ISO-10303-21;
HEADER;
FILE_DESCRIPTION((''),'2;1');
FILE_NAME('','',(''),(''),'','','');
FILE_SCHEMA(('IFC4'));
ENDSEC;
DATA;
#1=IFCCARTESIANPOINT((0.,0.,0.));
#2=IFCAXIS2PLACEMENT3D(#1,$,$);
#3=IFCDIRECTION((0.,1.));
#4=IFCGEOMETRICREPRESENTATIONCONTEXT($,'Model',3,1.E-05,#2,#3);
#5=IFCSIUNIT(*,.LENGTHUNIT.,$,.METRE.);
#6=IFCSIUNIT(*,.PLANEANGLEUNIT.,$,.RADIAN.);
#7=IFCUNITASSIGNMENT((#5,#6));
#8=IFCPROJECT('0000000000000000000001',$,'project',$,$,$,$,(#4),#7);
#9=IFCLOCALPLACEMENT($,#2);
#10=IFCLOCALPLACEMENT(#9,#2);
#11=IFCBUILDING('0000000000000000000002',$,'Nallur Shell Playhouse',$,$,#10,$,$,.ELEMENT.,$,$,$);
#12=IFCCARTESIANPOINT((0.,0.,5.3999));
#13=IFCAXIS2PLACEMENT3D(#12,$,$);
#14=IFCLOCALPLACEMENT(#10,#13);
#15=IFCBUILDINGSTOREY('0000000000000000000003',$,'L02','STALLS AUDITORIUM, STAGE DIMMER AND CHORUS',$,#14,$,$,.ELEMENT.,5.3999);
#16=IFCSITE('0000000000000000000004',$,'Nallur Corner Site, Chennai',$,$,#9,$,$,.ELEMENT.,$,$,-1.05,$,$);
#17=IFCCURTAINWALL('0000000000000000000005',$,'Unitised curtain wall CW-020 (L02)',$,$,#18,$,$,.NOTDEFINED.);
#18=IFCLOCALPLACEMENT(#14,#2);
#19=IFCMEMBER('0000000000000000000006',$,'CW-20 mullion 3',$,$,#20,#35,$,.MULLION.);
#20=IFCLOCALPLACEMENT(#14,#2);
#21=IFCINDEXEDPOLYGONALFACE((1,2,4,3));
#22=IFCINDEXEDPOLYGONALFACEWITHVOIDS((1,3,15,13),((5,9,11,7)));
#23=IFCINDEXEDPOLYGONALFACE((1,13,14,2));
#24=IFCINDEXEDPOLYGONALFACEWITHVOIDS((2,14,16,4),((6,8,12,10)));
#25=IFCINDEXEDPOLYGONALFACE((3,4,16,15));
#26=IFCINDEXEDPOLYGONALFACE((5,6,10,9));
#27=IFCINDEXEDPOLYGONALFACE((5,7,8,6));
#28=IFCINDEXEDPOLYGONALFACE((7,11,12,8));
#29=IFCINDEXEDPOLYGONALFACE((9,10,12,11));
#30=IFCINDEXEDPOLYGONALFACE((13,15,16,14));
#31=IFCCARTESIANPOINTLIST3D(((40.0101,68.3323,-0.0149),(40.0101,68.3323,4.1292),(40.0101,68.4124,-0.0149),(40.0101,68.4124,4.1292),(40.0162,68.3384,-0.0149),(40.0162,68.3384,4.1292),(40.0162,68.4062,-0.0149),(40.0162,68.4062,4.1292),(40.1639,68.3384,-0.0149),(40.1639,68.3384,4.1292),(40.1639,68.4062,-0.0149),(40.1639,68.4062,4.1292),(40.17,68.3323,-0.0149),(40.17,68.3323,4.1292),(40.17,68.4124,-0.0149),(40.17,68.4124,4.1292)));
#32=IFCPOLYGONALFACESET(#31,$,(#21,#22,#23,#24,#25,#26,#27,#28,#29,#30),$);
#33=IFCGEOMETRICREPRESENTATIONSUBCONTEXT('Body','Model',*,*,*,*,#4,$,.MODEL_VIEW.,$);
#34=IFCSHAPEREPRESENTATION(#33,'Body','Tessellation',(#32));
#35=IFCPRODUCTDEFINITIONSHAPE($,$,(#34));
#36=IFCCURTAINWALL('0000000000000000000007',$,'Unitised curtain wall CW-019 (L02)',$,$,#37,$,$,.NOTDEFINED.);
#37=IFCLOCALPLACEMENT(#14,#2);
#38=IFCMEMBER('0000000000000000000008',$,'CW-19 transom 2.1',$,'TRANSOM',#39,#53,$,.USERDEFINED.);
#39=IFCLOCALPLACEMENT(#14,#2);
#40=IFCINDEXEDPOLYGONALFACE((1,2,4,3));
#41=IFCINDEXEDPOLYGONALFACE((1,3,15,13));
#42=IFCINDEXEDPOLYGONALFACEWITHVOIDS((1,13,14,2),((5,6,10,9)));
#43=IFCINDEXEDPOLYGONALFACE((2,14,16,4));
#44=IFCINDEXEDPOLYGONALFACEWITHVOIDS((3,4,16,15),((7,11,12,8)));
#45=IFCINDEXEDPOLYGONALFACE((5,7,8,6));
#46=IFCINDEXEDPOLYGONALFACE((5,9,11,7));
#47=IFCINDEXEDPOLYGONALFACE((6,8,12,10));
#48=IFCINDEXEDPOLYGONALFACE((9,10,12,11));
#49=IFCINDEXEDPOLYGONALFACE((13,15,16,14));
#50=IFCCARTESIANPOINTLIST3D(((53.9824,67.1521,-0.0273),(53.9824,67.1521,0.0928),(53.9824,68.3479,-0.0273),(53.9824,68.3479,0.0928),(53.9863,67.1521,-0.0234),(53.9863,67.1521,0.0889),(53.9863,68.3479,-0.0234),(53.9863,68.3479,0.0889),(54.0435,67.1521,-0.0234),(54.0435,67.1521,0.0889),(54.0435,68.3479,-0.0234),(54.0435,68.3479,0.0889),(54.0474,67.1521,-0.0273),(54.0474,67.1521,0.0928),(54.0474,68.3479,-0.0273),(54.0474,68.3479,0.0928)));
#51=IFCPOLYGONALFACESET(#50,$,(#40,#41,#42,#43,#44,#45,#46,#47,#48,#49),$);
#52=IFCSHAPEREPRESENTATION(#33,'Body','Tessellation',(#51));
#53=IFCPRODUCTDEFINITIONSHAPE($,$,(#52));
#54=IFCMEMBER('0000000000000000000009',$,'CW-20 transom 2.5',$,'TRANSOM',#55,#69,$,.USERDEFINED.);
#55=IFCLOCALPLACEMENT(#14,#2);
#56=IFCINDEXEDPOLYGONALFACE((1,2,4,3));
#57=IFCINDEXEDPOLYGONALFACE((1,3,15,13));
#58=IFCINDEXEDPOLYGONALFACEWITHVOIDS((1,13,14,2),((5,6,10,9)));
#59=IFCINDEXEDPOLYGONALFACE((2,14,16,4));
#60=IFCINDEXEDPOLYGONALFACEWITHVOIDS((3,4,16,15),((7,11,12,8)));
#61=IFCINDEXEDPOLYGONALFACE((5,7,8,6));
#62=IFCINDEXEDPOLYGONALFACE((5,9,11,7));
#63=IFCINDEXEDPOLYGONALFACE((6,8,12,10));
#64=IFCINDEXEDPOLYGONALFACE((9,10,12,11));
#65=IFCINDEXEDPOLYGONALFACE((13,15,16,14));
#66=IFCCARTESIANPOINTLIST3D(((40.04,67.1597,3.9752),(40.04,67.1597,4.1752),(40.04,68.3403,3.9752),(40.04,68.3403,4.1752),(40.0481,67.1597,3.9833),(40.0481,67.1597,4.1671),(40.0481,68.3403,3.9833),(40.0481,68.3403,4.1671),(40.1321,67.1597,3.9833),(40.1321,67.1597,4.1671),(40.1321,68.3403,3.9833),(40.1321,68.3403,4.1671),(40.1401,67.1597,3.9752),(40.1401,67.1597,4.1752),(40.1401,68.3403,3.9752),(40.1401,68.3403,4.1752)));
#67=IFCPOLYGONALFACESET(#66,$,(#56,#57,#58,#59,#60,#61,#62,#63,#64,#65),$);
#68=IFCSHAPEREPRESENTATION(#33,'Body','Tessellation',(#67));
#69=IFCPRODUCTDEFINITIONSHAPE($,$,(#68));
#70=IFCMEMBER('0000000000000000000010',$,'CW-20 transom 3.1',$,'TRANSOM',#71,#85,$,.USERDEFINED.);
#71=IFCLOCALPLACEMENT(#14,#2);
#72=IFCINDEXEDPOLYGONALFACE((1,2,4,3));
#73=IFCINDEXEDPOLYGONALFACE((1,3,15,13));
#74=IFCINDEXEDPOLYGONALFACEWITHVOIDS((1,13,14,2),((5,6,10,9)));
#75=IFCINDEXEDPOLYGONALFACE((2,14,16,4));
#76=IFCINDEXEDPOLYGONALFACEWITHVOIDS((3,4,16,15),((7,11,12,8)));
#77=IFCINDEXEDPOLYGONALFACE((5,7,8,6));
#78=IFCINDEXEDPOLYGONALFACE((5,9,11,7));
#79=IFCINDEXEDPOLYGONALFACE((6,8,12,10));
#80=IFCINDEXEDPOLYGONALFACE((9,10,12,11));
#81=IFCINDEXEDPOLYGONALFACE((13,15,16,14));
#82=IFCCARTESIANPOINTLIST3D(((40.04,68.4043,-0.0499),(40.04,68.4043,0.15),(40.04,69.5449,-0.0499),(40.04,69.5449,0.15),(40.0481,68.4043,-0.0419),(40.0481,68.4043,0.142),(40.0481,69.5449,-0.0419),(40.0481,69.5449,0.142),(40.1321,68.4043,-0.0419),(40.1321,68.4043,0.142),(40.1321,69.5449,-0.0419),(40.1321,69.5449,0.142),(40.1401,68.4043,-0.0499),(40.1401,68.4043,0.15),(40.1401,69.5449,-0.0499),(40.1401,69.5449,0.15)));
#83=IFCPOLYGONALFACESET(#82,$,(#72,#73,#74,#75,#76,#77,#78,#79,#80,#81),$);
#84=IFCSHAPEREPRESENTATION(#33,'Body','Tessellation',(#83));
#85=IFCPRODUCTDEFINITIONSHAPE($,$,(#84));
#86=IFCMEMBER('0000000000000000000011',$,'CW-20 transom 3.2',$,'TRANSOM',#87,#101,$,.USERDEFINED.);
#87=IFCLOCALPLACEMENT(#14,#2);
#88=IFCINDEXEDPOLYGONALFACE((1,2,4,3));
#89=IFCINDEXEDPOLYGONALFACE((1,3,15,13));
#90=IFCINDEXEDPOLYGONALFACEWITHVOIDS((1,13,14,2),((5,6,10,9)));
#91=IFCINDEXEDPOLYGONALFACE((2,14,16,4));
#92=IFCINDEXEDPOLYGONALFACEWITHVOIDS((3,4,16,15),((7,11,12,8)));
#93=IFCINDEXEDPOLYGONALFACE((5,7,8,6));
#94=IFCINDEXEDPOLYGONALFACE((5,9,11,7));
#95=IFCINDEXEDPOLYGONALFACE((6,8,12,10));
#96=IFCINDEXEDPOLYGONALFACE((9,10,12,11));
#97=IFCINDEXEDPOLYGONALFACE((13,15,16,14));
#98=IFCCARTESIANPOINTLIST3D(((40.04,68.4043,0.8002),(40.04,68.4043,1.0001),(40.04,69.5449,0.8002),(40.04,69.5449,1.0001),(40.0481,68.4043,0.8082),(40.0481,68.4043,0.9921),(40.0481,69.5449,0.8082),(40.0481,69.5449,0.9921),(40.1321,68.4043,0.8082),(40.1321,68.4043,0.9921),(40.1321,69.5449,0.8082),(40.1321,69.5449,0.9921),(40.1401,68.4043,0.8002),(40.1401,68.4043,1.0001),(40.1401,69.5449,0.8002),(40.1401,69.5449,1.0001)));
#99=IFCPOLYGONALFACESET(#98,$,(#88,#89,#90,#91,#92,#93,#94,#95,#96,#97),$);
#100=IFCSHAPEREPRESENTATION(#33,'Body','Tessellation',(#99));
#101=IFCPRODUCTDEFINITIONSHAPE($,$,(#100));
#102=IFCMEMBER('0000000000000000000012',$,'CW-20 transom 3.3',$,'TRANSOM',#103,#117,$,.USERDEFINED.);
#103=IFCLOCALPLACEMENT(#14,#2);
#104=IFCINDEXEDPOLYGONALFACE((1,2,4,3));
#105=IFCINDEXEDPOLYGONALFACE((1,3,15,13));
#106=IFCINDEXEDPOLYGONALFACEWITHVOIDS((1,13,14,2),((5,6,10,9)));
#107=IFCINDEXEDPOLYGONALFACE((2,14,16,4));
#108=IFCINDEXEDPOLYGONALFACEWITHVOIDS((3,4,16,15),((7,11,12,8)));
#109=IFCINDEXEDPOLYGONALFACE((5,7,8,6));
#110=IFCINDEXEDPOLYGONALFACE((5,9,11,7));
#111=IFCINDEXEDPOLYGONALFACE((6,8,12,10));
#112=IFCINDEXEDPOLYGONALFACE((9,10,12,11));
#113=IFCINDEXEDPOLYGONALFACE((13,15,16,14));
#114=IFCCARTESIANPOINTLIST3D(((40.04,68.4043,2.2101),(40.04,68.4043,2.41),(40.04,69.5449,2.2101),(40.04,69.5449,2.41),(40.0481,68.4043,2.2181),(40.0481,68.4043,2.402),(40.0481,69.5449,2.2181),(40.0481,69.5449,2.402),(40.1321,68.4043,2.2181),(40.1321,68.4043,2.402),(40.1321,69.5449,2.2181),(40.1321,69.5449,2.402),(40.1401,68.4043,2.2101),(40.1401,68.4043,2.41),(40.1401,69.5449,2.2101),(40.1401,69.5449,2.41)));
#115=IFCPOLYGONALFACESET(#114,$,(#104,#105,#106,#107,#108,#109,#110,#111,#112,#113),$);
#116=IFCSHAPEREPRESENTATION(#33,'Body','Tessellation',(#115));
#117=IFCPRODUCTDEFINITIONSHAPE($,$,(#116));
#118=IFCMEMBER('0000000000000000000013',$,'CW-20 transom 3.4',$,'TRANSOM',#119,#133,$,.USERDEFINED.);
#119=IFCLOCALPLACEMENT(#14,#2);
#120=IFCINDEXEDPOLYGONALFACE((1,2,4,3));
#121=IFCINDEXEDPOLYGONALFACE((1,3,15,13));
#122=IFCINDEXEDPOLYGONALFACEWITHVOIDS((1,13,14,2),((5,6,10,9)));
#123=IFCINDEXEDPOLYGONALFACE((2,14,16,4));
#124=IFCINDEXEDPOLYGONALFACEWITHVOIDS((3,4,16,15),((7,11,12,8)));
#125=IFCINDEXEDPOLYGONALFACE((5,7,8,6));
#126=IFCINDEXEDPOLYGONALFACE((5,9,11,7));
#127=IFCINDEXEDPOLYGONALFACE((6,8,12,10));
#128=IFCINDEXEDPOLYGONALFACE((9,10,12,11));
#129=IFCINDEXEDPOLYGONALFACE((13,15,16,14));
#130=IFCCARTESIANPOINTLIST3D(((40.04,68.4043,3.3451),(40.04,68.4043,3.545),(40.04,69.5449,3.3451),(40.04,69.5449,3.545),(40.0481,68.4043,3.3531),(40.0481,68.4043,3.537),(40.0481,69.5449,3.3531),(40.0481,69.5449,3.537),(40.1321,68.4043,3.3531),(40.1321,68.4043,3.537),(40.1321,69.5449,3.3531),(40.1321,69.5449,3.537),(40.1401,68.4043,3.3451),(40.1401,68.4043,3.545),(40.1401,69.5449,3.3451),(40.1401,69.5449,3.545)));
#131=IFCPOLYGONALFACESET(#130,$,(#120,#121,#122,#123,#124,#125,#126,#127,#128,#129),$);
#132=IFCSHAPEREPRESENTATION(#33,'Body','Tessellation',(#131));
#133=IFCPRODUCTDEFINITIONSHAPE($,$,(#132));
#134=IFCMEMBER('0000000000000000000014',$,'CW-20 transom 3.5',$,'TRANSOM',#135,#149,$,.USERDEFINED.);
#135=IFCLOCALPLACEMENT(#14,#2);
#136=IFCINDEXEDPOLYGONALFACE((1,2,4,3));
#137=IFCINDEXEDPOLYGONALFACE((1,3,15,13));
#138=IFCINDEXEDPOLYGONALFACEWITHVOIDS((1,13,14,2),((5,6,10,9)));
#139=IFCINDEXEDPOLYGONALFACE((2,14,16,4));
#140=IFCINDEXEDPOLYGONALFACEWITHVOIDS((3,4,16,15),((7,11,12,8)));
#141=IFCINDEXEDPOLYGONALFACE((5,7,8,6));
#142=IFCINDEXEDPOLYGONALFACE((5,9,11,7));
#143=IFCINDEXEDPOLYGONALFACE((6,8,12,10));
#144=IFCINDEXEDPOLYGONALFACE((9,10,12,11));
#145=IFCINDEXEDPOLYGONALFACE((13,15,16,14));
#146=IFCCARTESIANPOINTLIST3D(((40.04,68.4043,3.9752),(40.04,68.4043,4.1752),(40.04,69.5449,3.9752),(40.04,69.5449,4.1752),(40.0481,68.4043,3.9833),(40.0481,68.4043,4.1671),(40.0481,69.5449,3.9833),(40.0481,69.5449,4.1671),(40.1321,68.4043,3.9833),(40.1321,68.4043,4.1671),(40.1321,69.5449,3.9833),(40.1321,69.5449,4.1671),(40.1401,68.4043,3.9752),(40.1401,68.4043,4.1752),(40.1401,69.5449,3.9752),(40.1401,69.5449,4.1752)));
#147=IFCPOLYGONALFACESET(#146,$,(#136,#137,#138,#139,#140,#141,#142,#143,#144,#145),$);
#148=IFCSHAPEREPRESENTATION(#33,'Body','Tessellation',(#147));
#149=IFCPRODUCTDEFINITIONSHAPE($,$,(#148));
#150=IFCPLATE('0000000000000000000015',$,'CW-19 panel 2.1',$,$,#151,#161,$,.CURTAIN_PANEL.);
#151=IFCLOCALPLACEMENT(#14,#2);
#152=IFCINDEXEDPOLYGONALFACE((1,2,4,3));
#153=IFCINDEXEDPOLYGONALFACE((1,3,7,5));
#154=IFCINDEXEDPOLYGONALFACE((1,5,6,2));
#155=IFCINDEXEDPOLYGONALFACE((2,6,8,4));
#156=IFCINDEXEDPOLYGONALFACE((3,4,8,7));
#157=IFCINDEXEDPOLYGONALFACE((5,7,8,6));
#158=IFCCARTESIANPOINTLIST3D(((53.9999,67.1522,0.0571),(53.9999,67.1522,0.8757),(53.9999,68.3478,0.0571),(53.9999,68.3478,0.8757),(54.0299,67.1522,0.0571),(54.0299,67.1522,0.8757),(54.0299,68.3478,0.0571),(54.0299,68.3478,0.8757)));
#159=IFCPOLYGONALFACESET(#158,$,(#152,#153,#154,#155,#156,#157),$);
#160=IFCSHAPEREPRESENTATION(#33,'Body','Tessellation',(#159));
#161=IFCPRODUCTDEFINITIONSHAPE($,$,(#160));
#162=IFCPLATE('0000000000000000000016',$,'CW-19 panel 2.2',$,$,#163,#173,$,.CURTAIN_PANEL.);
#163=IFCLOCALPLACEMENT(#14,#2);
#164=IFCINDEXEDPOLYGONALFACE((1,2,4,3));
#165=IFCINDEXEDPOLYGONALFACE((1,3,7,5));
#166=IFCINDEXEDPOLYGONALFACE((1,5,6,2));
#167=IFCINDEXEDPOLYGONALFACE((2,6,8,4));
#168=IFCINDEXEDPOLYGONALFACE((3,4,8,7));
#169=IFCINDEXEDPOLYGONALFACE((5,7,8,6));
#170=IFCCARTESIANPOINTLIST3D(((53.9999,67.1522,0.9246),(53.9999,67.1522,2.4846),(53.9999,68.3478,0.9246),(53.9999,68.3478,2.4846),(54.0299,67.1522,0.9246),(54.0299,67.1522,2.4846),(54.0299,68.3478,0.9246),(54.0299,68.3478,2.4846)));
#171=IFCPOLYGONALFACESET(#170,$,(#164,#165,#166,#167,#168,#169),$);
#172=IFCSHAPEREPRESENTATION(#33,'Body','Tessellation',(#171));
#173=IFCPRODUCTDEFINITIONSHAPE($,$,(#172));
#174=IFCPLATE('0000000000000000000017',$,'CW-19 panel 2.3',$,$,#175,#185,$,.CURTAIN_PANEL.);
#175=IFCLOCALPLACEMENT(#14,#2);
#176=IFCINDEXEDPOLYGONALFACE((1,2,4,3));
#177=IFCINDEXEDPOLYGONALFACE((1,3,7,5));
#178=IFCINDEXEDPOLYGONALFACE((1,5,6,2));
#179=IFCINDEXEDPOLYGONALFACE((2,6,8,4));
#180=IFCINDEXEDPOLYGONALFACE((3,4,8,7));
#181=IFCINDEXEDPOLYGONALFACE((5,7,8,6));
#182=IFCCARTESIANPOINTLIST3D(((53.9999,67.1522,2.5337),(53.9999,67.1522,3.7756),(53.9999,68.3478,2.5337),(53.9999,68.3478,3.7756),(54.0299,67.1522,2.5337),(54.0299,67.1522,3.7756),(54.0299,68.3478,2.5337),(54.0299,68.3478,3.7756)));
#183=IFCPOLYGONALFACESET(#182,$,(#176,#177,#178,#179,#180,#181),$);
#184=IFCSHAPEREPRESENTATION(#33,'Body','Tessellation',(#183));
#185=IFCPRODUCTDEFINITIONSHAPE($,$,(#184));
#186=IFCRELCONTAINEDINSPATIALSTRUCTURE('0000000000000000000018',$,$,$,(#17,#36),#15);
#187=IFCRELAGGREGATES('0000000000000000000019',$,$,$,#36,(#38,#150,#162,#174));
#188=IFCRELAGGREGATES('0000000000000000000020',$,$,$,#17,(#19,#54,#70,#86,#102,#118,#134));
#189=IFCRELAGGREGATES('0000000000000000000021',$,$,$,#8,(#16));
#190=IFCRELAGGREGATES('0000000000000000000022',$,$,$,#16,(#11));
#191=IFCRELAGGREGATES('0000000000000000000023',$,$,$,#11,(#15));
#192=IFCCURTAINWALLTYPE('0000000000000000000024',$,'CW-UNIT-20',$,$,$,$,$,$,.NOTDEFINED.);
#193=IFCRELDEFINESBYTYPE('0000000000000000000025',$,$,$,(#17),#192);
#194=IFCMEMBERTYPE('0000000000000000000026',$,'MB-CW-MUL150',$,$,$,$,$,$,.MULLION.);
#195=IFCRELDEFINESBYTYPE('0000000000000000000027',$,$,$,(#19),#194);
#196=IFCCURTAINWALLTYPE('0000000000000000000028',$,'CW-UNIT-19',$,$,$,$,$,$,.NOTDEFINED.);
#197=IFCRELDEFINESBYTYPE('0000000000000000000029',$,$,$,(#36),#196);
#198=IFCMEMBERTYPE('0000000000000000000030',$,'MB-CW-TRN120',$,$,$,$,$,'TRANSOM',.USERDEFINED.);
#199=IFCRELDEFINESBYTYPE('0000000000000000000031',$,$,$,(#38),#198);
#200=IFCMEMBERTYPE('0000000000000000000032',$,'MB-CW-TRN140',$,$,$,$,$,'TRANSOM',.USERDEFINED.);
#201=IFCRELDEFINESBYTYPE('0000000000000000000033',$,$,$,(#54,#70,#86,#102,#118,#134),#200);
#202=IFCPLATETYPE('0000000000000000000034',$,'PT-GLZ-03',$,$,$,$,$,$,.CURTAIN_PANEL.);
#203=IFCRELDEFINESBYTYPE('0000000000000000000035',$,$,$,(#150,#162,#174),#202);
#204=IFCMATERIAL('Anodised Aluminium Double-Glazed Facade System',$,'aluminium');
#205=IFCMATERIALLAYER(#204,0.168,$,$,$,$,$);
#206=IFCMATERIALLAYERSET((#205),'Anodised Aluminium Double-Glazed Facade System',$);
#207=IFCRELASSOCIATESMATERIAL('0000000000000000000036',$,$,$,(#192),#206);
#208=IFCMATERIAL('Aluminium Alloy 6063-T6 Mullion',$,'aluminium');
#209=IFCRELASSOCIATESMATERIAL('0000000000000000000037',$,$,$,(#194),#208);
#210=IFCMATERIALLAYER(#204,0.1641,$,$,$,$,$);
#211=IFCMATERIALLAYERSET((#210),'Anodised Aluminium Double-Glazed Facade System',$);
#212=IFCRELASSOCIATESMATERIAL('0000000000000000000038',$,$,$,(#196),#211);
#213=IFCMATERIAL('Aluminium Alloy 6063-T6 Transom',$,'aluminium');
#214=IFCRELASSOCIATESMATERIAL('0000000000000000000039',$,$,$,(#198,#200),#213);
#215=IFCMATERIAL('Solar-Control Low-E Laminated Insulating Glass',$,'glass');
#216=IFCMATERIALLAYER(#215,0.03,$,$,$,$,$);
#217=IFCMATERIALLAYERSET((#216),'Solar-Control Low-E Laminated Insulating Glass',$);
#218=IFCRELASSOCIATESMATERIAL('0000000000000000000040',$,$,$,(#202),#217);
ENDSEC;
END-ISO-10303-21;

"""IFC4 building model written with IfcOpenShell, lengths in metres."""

from ifc_helpers import new_model, si_unit, direction, frame, origin, origin_2d, place, context, subcontext, project, spatial, rectangle, hollow_rectangle, extrude, material, layer, layer_set, material_profile, profile_set, type_object, element, aggregate, save


model = new_model("IFC4")

# Units and contexts
model_context = context("Model", 3, precision=1e-05, world=origin(), true_north=direction((0.0, 1.0)))
body_context = subcontext(model_context, "Body", "Model", "MODEL_VIEW")
ifc_project = project(units=[si_unit("LENGTHUNIT", "METRE"), si_unit("PLANEANGLEUNIT", "RADIAN")], contexts=[model_context])

# Site, building, storey
site_placement = place(None, origin())
site = spatial("IfcSite", under=ifc_project, at=site_placement, Name="Nallur Corner Site, Chennai", CompositionType="ELEMENT", RefElevation=-1.05)
building_placement = place(site_placement, origin())
building = spatial("IfcBuilding", under=site, at=building_placement, Name="Nallur Shell Playhouse", CompositionType="ELEMENT")
storey_placement = place(building_placement, frame((0.0, 0.0, 5.3999)))
storey = spatial("IfcBuildingStorey", under=building, at=storey_placement, Name="L02", Description="STALLS AUDITORIUM, STAGE DIMMER AND CHORUS", CompositionType="ELEMENT", Elevation=5.3999)

# Curtain walls, members
ifc_material_1 = material(Name="Anodised Aluminium Double-Glazed Facade System", Category="aluminium")
ifc_layer_1 = layer(ifc_material_1, 0.168)
ifc_layer_set_1 = layer_set([ifc_layer_1], Name="Anodised Aluminium Double-Glazed Facade System")
curtain_wall_type_1 = type_object("IfcCurtainWallType", Name="CW-UNIT-20", PredefinedType="NOTDEFINED", material=ifc_layer_set_1)
curtain_wall_1_placement = place(storey_placement, origin())
curtain_wall_1 = element("IfcCurtainWall", 1, at=curtain_wall_1_placement, inside=storey, type_object=curtain_wall_type_1, Name="Unitised curtain wall CW-020 (L02)", PredefinedType="NOTDEFINED")
ifc_material_2 = material(Name="Aluminium Alloy 6063-T6 Mullion", Category="aluminium")
ifc_material_profile_1 = material_profile(ifc_material_2, hollow_rectangle(XDim=0.0801, YDim=0.1599, WallThickness=0.0061, at=origin_2d()), Name="RHS 160x80x6")
ifc_profile_set_1 = profile_set([ifc_material_profile_1], Name="Aluminium Alloy 6063-T6 Mullion")
member_type_1 = type_object("IfcMemberType", Name="MB-CW-MUL150", PredefinedType="MULLION", material=ifc_profile_set_1)
member_1_placement = place(storey_placement, frame((40.0901, 68.3723, -0.0149), z_axis=(0.0, 0.0, 1.0), x_axis=(0.0, 1.0, 0.0)))
member_1 = element("IfcMember", 2, at=member_1_placement, type_object=member_type_1, Name="CW-20 mullion 3", PredefinedType="MULLION", context=body_context, shape_type="SweptSolid", body=[
    extrude(hollow_rectangle(XDim=0.0801, YDim=0.1599, WallThickness=0.0061, at=origin_2d()), origin(), (0.0, 0.0, 1.0), 4.144),
])
ifc_layer_2 = layer(ifc_material_1, 0.1641)
ifc_layer_set_2 = layer_set([ifc_layer_2], Name="Anodised Aluminium Double-Glazed Facade System")
curtain_wall_type_2 = type_object("IfcCurtainWallType", Name="CW-UNIT-19", PredefinedType="NOTDEFINED", material=ifc_layer_set_2)
curtain_wall_2_placement = place(storey_placement, origin())
curtain_wall_2 = element("IfcCurtainWall", 3, at=curtain_wall_2_placement, inside=storey, type_object=curtain_wall_type_2, Name="Unitised curtain wall CW-019 (L02)", PredefinedType="NOTDEFINED")
ifc_material_3 = material(Name="Aluminium Alloy 6063-T6 Transom", Category="aluminium")
ifc_material_profile_2 = material_profile(ifc_material_3, hollow_rectangle(XDim=0.0649, YDim=0.1201, WallThickness=0.0039, at=origin_2d()), Name="ALU 65x120x4")
ifc_profile_set_2 = profile_set([ifc_material_profile_2], Name="Aluminium Alloy 6063-T6 Transom")
member_type_2 = type_object("IfcMemberType", Name="MB-CW-TRN120", ElementType="TRANSOM", PredefinedType="USERDEFINED", material=ifc_profile_set_2)
member_2_placement = place(storey_placement, frame((54.0149, 68.3479, 0.0327), z_axis=(0.0, -1.0, 0.0), x_axis=(1.0, 0.0, 0.0)))
member_2 = element("IfcMember", 4, at=member_2_placement, type_object=member_type_2, Name="CW-19 transom 2.1", ObjectType="TRANSOM", PredefinedType="USERDEFINED", context=body_context, shape_type="SweptSolid", body=[
    extrude(hollow_rectangle(XDim=0.0649, YDim=0.1201, WallThickness=0.0039, at=origin_2d()), origin(), (0.0, 0.0, 1.0), 1.1958),
])

# Members
ifc_material_profile_3 = material_profile(ifc_material_3, hollow_rectangle(XDim=0.1001, YDim=0.2, WallThickness=0.0081, at=origin_2d()), Name="RHS 200x100x8")
ifc_profile_set_3 = profile_set([ifc_material_profile_3], Name="Aluminium Alloy 6063-T6 Transom")
member_type_3 = type_object("IfcMemberType", Name="MB-CW-TRN140", ElementType="TRANSOM", PredefinedType="USERDEFINED", material=ifc_profile_set_3)
member_3_placement = place(storey_placement, frame((40.0901, 67.1597, 4.0752), z_axis=(0.0, 1.0, 0.0), x_axis=(-1.0, 0.0, 0.0)))
member_3 = element("IfcMember", 5, at=member_3_placement, type_object=member_type_3, Name="CW-20 transom 2.5", ObjectType="TRANSOM", PredefinedType="USERDEFINED", context=body_context, shape_type="SweptSolid", body=[
    extrude(hollow_rectangle(XDim=0.1001, YDim=0.2, WallThickness=0.0081, at=origin_2d()), origin(), (0.0, 0.0, 1.0), 1.1807),
])
member_4_placement = place(storey_placement, frame((40.0901, 68.4043, 0.05), z_axis=(0.0, 1.0, 0.0), x_axis=(-1.0, 0.0, 0.0)))
member_4 = element("IfcMember", 6, at=member_4_placement, type_object=member_type_3, Name="CW-20 transom 3.1", ObjectType="TRANSOM", PredefinedType="USERDEFINED", context=body_context, shape_type="SweptSolid", body=[
    extrude(hollow_rectangle(XDim=0.1001, YDim=0.2, WallThickness=0.0081, at=origin_2d()), origin(), (0.0, 0.0, 1.0), 1.1406),
])
member_5_placement = place(storey_placement, frame((40.0901, 68.4043, 0.9001), z_axis=(0.0, 1.0, 0.0), x_axis=(-1.0, 0.0, 0.0)))
member_5 = element("IfcMember", 7, at=member_5_placement, type_object=member_type_3, Name="CW-20 transom 3.2", ObjectType="TRANSOM", PredefinedType="USERDEFINED", context=body_context, shape_type="SweptSolid", body=[
    extrude(hollow_rectangle(XDim=0.1001, YDim=0.2, WallThickness=0.0081, at=origin_2d()), origin(), (0.0, 0.0, 1.0), 1.1406),
])
member_6_placement = place(storey_placement, frame((40.0901, 68.4043, 2.3101), z_axis=(0.0, 1.0, 0.0), x_axis=(-1.0, 0.0, 0.0)))
member_6 = element("IfcMember", 8, at=member_6_placement, type_object=member_type_3, Name="CW-20 transom 3.3", ObjectType="TRANSOM", PredefinedType="USERDEFINED", context=body_context, shape_type="SweptSolid", body=[
    extrude(hollow_rectangle(XDim=0.1001, YDim=0.2, WallThickness=0.0081, at=origin_2d()), origin(), (0.0, 0.0, 1.0), 1.1406),
])
member_7_placement = place(storey_placement, frame((40.0901, 68.4043, 3.4451), z_axis=(0.0, 1.0, 0.0), x_axis=(-1.0, 0.0, 0.0)))
member_7 = element("IfcMember", 9, at=member_7_placement, type_object=member_type_3, Name="CW-20 transom 3.4", ObjectType="TRANSOM", PredefinedType="USERDEFINED", context=body_context, shape_type="SweptSolid", body=[
    extrude(hollow_rectangle(XDim=0.1001, YDim=0.2, WallThickness=0.0081, at=origin_2d()), origin(), (0.0, 0.0, 1.0), 1.1406),
])
member_8_placement = place(storey_placement, frame((40.0901, 68.4043, 4.0752), z_axis=(0.0, 1.0, 0.0), x_axis=(-1.0, 0.0, 0.0)))
member_8 = element("IfcMember", 10, at=member_8_placement, type_object=member_type_3, Name="CW-20 transom 3.5", ObjectType="TRANSOM", PredefinedType="USERDEFINED", context=body_context, shape_type="SweptSolid", body=[
    extrude(hollow_rectangle(XDim=0.1001, YDim=0.2, WallThickness=0.0081, at=origin_2d()), origin(), (0.0, 0.0, 1.0), 1.1406),
])

# Plates
ifc_material_4 = material(Name="Solar-Control Low-E Laminated Insulating Glass", Category="glass")
ifc_layer_3 = layer(ifc_material_4, 0.03)
ifc_layer_set_3 = layer_set([ifc_layer_3], Name="Solar-Control Low-E Laminated Insulating Glass")
plate_type_1 = type_object("IfcPlateType", Name="PT-GLZ-03", PredefinedType="CURTAIN_PANEL", material=ifc_layer_set_3)
plate_1_placement = place(storey_placement, frame((54.0149, 67.75, 0.0571), z_axis=(0.0, 0.0, 1.0), x_axis=(0.0, -1.0, 0.0)))
plate_1 = element("IfcPlate", 11, at=plate_1_placement, type_object=plate_type_1, Name="CW-19 panel 2.1", PredefinedType="CURTAIN_PANEL", context=body_context, shape_type="SweptSolid", body=[
    extrude(rectangle(XDim=1.1956, YDim=0.03, at=origin_2d()), origin(), (0.0, 0.0, 1.0), 0.8186),
])
plate_2_placement = place(storey_placement, frame((54.0149, 67.75, 0.9246), z_axis=(0.0, 0.0, 1.0), x_axis=(0.0, -1.0, 0.0)))
plate_2 = element("IfcPlate", 12, at=plate_2_placement, type_object=plate_type_1, Name="CW-19 panel 2.2", PredefinedType="CURTAIN_PANEL", context=body_context, shape_type="SweptSolid", body=[
    extrude(rectangle(XDim=1.1956, YDim=0.03, at=origin_2d()), origin(), (0.0, 0.0, 1.0), 1.5601),
])
plate_3_placement = place(storey_placement, frame((54.0149, 67.75, 2.5337), z_axis=(0.0, 0.0, 1.0), x_axis=(0.0, -1.0, 0.0)))
plate_3 = element("IfcPlate", 13, at=plate_3_placement, type_object=plate_type_1, Name="CW-19 panel 2.3", PredefinedType="CURTAIN_PANEL", context=body_context, shape_type="SweptSolid", body=[
    extrude(rectangle(XDim=1.1956, YDim=0.03, at=origin_2d()), origin(), (0.0, 0.0, 1.0), 1.2419),
])
aggregate(curtain_wall_2, [member_2, plate_1, plate_2, plate_3])
aggregate(curtain_wall_1, [member_1, member_3, member_4, member_5, member_6, member_7, member_8])

save(model, "model.ifc")
